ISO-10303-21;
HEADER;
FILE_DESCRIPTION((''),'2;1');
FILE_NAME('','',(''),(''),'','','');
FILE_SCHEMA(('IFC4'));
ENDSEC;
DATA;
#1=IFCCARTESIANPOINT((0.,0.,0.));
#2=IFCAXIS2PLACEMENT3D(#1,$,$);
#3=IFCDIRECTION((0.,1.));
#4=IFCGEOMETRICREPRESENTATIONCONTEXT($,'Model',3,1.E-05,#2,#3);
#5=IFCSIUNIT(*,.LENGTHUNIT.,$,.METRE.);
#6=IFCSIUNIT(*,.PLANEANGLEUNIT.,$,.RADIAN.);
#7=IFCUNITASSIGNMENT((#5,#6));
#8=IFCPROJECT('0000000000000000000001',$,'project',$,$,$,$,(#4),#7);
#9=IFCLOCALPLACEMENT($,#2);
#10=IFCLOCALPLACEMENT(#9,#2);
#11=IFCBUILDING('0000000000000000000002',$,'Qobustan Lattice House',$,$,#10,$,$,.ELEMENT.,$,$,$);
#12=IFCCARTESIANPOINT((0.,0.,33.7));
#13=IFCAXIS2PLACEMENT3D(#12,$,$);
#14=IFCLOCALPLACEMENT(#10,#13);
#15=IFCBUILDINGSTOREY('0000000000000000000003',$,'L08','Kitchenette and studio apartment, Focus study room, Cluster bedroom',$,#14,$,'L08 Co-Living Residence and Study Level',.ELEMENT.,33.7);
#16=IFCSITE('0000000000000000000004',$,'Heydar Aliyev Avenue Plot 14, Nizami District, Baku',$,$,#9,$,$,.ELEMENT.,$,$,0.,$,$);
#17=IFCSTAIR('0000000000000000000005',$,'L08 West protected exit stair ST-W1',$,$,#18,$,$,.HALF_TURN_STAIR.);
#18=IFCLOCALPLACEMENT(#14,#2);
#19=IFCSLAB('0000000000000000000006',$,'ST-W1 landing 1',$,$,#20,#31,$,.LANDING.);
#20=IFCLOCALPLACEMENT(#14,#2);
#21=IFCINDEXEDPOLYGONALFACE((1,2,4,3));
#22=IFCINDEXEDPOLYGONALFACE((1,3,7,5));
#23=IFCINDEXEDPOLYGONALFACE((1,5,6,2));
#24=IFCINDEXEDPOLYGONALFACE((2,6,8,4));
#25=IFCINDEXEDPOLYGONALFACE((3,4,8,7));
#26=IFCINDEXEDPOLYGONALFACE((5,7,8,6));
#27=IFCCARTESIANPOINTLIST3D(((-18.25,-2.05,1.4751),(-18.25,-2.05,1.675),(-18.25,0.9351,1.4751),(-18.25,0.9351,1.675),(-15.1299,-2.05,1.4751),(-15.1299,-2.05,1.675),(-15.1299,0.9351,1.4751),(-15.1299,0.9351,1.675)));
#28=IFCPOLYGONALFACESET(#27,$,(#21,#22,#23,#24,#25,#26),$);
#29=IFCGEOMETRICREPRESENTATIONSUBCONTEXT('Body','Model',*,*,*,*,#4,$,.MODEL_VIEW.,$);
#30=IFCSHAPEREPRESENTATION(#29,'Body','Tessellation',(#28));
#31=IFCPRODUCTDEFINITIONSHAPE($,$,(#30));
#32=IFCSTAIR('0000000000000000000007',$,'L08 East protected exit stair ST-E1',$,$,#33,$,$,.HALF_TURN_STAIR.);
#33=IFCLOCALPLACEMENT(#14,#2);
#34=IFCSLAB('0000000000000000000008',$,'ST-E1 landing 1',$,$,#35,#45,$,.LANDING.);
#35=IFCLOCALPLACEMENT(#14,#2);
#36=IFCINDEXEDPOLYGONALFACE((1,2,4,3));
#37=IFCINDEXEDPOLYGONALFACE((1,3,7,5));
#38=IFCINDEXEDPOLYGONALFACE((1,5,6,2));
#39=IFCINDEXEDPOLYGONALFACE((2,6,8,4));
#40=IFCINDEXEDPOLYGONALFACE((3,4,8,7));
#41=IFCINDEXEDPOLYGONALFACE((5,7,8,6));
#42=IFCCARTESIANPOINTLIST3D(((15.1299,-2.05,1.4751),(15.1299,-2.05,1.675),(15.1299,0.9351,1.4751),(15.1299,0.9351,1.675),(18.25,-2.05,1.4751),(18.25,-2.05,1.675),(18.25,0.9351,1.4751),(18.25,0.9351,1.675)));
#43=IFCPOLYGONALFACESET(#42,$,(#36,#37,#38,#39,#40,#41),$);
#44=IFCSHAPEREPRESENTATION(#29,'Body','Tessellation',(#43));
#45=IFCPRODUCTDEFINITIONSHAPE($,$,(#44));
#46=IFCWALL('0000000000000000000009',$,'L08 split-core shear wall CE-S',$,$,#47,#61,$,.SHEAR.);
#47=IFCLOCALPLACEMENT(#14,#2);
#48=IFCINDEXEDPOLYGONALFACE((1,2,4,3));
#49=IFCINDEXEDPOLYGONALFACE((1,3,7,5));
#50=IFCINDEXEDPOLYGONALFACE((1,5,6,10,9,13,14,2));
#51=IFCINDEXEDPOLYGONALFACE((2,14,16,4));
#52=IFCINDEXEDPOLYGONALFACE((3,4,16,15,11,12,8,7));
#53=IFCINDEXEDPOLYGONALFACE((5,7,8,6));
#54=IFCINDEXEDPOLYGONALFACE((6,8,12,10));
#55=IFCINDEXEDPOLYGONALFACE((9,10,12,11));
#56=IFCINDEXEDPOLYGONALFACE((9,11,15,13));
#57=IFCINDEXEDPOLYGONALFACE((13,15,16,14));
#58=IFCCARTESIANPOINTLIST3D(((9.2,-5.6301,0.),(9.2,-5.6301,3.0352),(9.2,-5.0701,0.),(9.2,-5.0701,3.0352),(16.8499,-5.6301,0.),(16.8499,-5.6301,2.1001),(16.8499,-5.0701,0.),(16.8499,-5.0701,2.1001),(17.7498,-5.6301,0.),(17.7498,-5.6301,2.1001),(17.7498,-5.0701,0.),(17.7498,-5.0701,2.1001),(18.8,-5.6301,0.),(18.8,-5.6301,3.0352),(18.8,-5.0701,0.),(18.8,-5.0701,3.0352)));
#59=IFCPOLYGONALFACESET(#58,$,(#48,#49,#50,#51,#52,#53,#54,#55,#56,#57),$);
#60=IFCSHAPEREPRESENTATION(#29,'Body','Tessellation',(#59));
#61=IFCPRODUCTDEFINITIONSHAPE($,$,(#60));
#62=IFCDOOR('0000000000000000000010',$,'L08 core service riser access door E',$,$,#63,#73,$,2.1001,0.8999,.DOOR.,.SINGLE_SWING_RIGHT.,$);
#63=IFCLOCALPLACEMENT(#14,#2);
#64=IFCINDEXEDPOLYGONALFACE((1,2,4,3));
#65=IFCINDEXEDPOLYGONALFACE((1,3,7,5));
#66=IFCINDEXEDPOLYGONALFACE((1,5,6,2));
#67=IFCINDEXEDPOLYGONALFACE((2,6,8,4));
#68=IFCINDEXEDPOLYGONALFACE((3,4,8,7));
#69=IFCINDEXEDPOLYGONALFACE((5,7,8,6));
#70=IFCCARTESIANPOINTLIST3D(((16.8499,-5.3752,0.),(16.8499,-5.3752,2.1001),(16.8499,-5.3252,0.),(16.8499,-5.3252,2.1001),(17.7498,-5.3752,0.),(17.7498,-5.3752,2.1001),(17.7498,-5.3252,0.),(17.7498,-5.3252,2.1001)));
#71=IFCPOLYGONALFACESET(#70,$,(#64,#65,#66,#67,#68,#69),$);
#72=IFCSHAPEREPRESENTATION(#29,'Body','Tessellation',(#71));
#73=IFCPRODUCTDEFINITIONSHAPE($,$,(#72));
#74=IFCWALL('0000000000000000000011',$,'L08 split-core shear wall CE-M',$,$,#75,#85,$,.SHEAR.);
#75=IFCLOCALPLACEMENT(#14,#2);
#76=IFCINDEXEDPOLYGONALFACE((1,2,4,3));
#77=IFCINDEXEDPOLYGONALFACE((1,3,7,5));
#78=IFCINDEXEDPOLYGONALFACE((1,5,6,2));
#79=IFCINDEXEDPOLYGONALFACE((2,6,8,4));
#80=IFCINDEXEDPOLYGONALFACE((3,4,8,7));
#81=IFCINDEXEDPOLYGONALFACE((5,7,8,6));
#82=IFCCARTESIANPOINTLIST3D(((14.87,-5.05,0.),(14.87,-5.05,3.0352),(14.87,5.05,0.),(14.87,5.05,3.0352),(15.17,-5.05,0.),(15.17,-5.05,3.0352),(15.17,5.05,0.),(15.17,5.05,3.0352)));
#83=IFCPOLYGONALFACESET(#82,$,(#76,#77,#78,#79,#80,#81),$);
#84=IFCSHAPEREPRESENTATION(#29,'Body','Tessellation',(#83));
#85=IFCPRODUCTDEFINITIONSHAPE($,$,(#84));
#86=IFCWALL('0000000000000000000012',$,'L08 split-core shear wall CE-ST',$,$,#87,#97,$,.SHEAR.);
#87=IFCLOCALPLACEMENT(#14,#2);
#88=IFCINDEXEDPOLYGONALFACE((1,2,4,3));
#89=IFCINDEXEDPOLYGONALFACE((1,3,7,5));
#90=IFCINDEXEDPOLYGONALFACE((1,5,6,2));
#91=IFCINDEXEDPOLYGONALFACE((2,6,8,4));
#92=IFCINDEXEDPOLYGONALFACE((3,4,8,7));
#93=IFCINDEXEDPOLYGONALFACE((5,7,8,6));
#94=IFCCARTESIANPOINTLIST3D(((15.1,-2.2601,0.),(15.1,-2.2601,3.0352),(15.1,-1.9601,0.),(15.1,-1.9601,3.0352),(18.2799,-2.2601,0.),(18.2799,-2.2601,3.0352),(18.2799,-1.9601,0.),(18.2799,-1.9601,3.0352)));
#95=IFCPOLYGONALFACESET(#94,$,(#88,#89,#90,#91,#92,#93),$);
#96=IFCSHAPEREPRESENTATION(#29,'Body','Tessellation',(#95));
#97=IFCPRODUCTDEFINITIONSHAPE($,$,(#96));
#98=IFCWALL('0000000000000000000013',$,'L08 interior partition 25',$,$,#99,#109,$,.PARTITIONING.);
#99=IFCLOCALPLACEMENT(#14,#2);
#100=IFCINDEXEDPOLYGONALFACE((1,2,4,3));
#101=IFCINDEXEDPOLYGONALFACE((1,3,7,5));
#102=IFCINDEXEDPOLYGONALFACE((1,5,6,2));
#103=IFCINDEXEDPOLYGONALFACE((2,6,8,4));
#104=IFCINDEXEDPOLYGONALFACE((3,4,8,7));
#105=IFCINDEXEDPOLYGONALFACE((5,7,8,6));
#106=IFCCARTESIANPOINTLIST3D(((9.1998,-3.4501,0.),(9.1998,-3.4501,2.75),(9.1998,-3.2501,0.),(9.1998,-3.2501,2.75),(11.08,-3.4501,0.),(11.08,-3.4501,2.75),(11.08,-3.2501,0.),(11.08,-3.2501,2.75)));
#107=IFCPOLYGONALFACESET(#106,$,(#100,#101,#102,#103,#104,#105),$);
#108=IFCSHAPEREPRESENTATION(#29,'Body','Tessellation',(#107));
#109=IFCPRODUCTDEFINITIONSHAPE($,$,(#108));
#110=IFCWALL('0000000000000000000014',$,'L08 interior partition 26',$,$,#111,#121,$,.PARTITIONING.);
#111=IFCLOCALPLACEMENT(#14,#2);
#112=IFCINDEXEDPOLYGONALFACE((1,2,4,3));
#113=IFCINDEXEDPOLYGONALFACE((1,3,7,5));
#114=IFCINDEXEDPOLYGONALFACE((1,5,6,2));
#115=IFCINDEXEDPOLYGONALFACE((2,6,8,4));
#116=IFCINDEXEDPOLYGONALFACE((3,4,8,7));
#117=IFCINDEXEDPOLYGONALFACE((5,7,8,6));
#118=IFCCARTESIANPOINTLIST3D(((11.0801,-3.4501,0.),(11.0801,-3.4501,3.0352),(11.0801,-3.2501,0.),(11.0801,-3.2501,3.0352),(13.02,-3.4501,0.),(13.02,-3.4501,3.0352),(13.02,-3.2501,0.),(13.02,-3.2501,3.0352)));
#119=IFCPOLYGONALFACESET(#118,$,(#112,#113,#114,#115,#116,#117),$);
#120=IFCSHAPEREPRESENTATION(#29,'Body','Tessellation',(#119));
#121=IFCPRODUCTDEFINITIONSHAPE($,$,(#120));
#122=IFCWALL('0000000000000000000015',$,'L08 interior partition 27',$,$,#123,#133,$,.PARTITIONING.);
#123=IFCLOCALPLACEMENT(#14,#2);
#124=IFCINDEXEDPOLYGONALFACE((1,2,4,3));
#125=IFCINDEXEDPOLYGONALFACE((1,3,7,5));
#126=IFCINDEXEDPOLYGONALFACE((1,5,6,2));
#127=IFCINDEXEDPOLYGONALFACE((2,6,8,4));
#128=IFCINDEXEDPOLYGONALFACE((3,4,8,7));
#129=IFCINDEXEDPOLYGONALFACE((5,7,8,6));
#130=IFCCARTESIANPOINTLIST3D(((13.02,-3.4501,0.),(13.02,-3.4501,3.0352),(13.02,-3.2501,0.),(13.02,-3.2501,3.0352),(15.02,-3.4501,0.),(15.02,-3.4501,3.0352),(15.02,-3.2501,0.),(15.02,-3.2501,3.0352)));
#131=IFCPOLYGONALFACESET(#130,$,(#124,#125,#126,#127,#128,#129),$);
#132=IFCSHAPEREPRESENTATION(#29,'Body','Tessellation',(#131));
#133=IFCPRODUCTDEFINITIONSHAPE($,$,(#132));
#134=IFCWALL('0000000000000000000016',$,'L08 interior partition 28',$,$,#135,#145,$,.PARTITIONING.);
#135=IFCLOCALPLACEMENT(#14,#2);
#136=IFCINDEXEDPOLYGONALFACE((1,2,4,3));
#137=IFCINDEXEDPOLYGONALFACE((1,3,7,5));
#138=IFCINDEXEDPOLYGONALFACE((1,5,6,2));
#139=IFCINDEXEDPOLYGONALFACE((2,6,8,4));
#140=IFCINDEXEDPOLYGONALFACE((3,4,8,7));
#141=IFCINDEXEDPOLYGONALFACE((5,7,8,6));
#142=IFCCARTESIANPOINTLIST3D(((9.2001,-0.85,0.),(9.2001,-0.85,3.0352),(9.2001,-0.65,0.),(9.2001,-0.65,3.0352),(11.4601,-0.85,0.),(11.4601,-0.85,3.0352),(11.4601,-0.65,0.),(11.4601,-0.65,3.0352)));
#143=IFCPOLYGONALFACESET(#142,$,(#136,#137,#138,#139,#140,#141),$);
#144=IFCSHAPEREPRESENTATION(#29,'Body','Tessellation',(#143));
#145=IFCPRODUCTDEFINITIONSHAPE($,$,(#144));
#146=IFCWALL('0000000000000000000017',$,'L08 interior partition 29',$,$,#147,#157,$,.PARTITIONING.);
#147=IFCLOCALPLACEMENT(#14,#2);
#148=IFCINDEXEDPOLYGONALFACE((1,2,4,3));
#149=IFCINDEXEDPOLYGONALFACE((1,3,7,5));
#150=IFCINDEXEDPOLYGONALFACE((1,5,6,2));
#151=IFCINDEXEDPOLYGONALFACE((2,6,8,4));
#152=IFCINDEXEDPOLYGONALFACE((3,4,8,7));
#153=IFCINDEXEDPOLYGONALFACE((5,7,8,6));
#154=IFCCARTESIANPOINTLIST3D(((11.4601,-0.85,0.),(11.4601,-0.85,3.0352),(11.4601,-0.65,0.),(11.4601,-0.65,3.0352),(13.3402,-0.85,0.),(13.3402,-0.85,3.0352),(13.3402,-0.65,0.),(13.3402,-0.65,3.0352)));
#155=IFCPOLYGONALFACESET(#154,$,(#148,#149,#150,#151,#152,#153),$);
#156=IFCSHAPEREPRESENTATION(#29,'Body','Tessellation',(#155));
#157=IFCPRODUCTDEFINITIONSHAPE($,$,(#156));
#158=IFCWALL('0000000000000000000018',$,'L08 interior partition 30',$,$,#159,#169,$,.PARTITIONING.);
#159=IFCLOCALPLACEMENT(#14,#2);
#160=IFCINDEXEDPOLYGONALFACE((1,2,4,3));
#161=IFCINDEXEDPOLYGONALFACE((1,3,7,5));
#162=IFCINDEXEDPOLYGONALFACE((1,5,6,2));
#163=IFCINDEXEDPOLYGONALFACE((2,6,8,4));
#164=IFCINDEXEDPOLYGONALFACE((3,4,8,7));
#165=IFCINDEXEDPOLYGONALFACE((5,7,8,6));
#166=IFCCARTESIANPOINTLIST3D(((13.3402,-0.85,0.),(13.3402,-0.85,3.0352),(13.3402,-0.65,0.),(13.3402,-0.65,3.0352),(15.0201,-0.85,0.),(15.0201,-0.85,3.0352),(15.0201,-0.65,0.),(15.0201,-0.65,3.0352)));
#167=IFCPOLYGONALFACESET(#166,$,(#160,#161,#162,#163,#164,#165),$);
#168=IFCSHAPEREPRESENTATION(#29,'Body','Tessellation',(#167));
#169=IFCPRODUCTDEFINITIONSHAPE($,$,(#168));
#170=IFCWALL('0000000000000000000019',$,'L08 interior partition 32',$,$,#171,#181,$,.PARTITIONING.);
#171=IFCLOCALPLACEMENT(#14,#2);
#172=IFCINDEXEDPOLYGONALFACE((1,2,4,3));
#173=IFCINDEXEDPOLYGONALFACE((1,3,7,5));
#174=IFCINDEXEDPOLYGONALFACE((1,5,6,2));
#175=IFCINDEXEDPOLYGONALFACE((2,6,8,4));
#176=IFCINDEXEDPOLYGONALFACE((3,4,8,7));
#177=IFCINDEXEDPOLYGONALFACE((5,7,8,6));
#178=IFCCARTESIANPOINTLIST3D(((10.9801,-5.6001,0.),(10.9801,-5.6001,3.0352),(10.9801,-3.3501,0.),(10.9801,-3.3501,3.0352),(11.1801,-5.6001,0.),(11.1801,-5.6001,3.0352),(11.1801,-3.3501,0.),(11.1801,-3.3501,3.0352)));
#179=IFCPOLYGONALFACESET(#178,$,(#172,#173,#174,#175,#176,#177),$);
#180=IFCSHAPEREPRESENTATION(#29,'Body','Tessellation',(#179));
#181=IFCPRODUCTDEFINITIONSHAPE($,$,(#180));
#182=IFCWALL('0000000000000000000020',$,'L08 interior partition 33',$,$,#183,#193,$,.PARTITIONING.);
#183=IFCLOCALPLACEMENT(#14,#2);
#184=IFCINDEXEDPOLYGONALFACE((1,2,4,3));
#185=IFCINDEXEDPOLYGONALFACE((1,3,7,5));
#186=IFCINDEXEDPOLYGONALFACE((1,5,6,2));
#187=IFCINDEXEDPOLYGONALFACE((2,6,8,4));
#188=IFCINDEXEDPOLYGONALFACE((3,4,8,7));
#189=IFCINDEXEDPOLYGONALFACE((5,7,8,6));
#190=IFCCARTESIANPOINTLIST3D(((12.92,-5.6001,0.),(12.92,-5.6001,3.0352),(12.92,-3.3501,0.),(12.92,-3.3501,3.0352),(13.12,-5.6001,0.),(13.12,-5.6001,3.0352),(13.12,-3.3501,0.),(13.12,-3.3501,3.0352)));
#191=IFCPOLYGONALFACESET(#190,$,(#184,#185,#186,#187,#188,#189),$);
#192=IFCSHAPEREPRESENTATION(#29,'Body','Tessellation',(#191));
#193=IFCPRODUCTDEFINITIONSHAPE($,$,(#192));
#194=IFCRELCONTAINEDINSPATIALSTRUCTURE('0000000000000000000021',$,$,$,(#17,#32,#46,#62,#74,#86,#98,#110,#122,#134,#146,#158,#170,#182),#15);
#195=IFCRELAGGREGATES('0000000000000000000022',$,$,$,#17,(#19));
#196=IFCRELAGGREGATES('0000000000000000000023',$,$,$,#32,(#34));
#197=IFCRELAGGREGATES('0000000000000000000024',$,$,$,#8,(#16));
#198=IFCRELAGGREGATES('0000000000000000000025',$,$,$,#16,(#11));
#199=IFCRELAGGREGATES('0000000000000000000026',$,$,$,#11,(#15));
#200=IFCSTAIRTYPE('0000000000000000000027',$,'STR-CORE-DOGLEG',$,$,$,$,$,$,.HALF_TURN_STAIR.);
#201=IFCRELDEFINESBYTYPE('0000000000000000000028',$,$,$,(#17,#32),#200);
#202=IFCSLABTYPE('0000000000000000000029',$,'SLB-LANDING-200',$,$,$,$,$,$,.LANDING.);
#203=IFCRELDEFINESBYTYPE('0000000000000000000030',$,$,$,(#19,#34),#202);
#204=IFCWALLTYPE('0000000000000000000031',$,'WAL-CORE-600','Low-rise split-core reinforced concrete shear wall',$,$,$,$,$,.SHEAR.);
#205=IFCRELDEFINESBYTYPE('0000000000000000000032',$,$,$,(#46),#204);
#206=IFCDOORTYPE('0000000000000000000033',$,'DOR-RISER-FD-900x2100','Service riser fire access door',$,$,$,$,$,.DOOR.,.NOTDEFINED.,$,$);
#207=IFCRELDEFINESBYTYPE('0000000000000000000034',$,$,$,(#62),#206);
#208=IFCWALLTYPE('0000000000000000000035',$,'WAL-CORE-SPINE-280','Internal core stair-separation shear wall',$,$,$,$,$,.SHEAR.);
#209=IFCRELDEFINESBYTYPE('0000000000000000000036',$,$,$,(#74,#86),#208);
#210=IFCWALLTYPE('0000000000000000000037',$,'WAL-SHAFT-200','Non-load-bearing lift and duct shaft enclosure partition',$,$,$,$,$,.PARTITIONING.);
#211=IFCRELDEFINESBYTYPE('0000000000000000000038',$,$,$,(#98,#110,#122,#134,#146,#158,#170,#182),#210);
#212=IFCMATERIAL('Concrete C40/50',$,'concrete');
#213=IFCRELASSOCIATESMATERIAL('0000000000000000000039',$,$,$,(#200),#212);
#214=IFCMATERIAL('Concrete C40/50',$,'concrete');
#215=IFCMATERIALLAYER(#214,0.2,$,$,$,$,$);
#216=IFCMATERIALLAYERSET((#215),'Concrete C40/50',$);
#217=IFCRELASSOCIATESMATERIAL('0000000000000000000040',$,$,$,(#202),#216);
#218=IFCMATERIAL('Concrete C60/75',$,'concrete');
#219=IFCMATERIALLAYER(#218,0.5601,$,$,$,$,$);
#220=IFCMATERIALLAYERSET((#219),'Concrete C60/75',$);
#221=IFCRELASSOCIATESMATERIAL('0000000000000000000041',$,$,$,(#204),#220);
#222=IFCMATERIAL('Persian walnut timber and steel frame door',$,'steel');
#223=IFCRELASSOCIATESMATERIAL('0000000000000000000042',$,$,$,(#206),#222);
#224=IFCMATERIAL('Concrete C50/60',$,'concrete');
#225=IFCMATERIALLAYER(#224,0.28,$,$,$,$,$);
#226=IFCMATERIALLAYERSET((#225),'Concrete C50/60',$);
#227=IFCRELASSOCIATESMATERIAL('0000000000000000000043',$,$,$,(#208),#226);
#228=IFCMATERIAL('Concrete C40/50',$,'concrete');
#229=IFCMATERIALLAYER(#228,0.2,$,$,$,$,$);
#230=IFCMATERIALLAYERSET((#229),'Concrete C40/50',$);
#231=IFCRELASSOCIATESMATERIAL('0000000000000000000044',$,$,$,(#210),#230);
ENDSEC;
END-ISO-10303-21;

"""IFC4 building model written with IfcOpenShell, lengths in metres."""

from ifc_helpers import new_model, si_unit, direction, frame, frame_2d, origin, place, context, subcontext, project, spatial, polyline, rectangle, outline, extrude, material, layer, layer_set, type_object, element, fill, aggregate, save


model = new_model("IFC4")

# Units and contexts
model_context = context("Model", 3, precision=1e-05, world=origin(), true_north=direction((0.0, 1.0)))
body_context = subcontext(model_context, "Body", "Model", "MODEL_VIEW")
ifc_project = project(units=[si_unit("LENGTHUNIT", "METRE"), si_unit("PLANEANGLEUNIT", "RADIAN")], contexts=[model_context])

# Site, building, storey
site_placement = place(None, origin())
site = spatial("IfcSite", under=ifc_project, at=site_placement, Name="Heydar Aliyev Avenue Plot 14, Nizami District, Baku", CompositionType="ELEMENT", RefElevation=0.0)
building_placement = place(site_placement, origin())
building = spatial("IfcBuilding", under=site, at=building_placement, Name="Qobustan Lattice House", CompositionType="ELEMENT")
storey_placement = place(building_placement, frame((0.0, 0.0, 33.7)))
storey = spatial("IfcBuildingStorey", under=building, at=storey_placement, Name="L08", Description="Kitchenette and studio apartment, Focus study room, Cluster bedroom", LongName="L08 Co-Living Residence and Study Level", CompositionType="ELEMENT", Elevation=33.7)

# Stairs, slabs
ifc_material_1 = material(Name="Concrete C40/50", Category="concrete")
stair_type = type_object("IfcStairType", Name="STR-CORE-DOGLEG", PredefinedType="HALF_TURN_STAIR", material=ifc_material_1)
stair_1_placement = place(storey_placement, origin())
stair_1 = element("IfcStair", 1, at=stair_1_placement, inside=storey, type_object=stair_type, Name="L08 West protected exit stair ST-W1", PredefinedType="HALF_TURN_STAIR")
ifc_material_2 = material(Name="Concrete C40/50", Category="concrete")
ifc_layer_1 = layer(ifc_material_2, 0.2)
ifc_layer_set_1 = layer_set([ifc_layer_1], Name="Concrete C40/50")
slab_type = type_object("IfcSlabType", Name="SLB-LANDING-200", PredefinedType="LANDING", material=ifc_layer_set_1)
slab_1_placement = place(storey_placement, frame((0.0, 0.0, 1.4751)))
slab_1 = element("IfcSlab", 2, at=slab_1_placement, type_object=slab_type, Name="ST-W1 landing 1", PredefinedType="LANDING", context=body_context, shape_type="SweptSolid", body=[
    extrude(outline(polyline([(-18.25, 0.9351), (-18.25, -2.05), (-15.1299, -2.05), (-15.1299, 0.9351), (-18.25, 0.9351)])), origin(), (0.0, 0.0, 1.0), 0.2),
])
aggregate(stair_1, [slab_1])
stair_2_placement = place(storey_placement, origin())
stair_2 = element("IfcStair", 3, at=stair_2_placement, inside=storey, type_object=stair_type, Name="L08 East protected exit stair ST-E1", PredefinedType="HALF_TURN_STAIR")
slab_2_placement = place(storey_placement, frame((0.0, 0.0, 1.4751)))
slab_2 = element("IfcSlab", 4, at=slab_2_placement, type_object=slab_type, Name="ST-E1 landing 1", PredefinedType="LANDING", context=body_context, shape_type="SweptSolid", body=[
    extrude(outline(polyline([(15.1299, 0.9351), (15.1299, -2.05), (18.25, -2.05), (18.25, 0.9351), (15.1299, 0.9351)])), origin(), (0.0, 0.0, 1.0), 0.2),
])
aggregate(stair_2, [slab_2])

# Wall, opening, door
ifc_material_3 = material(Name="Concrete C60/75", Category="concrete")
ifc_layer_2 = layer(ifc_material_3, 0.5601)
ifc_layer_set_2 = layer_set([ifc_layer_2], Name="Concrete C60/75")
wall_type_1 = type_object("IfcWallType", Name="WAL-CORE-600", Description="Low-rise split-core reinforced concrete shear wall", PredefinedType="SHEAR", material=ifc_layer_set_2)
wall_1_placement = place(storey_placement, frame((9.2, -5.3501, 0.0), z_axis=(0.0, 0.0, 1.0), x_axis=(1.0, 0.0, 0.0)))
wall_1 = element("IfcWall", 5, at=wall_1_placement, inside=storey, type_object=wall_type_1, Name="L08 split-core shear wall CE-S", PredefinedType="SHEAR", context=body_context, shape_type="SweptSolid", body=[
    extrude(rectangle(XDim=9.6001, YDim=0.5601, at=frame_2d((4.8, 0.0))), origin(), (0.0, 0.0, 1.0), 3.0352),
])
opening_1_placement = place(wall_1_placement, frame((7.6499, 0.0, 0.0)))
opening_1 = element("IfcOpeningElement", 6, at=opening_1_placement, cuts=wall_1, PredefinedType="OPENING", context=body_context, shape_type="SweptSolid", body=[
    extrude(rectangle(XDim=0.8999, YDim=2.1001, at=frame_2d((0.45, 1.05))), frame((0.0, 0.29, 0.0), z_axis=(0.0, -1.0, 0.0), x_axis=(1.0, 0.0, 0.0)), (0.0, 0.0, 1.0), 0.5801),
])
ifc_material_4 = material(Name="Persian walnut timber and steel frame door", Category="steel")
door_type_1 = type_object("IfcDoorType", Name="DOR-RISER-FD-900x2100", Description="Service riser fire access door", OperationType="NOTDEFINED", PredefinedType="DOOR", material=ifc_material_4)
door_1_placement = place(opening_1_placement, origin())
door_1 = element("IfcDoor", 7, at=door_1_placement, inside=storey, type_object=door_type_1, Name="L08 core service riser access door E", OperationType="SINGLE_SWING_RIGHT", OverallHeight=2.1001, OverallWidth=0.8999, PredefinedType="DOOR", context=body_context, shape_type="SweptSolid", body=[
    extrude(rectangle(XDim=0.8999, YDim=2.1001, at=frame_2d((0.45, 1.05))), frame((0.0, 0.0249, 0.0), z_axis=(0.0, -1.0, 0.0), x_axis=(1.0, 0.0, 0.0)), (0.0, 0.0, 1.0), 0.05),
])
fill(opening_1, door_1)

# Walls
ifc_material_5 = material(Name="Concrete C50/60", Category="concrete")
ifc_layer_3 = layer(ifc_material_5, 0.28)
ifc_layer_set_3 = layer_set([ifc_layer_3], Name="Concrete C50/60")
wall_type_2 = type_object("IfcWallType", Name="WAL-CORE-SPINE-280", Description="Internal core stair-separation shear wall", PredefinedType="SHEAR", material=ifc_layer_set_3)
wall_2_placement = place(storey_placement, frame((15.02, -5.05, 0.0), z_axis=(0.0, 0.0, 1.0), x_axis=(0.0, 1.0, 0.0)))
element("IfcWall", 8, at=wall_2_placement, inside=storey, type_object=wall_type_2, Name="L08 split-core shear wall CE-M", PredefinedType="SHEAR", context=body_context, shape_type="SweptSolid", body=[
    extrude(rectangle(XDim=10.1001, YDim=0.3, at=frame_2d((5.05, 0.0))), origin(), (0.0, 0.0, 1.0), 3.0352),
])
wall_3_placement = place(storey_placement, frame((15.1001, -2.1101, 0.0), z_axis=(0.0, 0.0, 1.0), x_axis=(1.0, 0.0, 0.0)))
element("IfcWall", 9, at=wall_3_placement, inside=storey, type_object=wall_type_2, Name="L08 split-core shear wall CE-ST", PredefinedType="SHEAR", context=body_context, shape_type="SweptSolid", body=[
    extrude(rectangle(XDim=3.1799, YDim=0.3, at=frame_2d((1.5898, 0.0))), origin(), (0.0, 0.0, 1.0), 3.0352),
])
ifc_material_6 = material(Name="Concrete C40/50", Category="concrete")
ifc_layer_4 = layer(ifc_material_6, 0.2)
ifc_layer_set_4 = layer_set([ifc_layer_4], Name="Concrete C40/50")
wall_type_3 = type_object("IfcWallType", Name="WAL-SHAFT-200", Description="Non-load-bearing lift and duct shaft enclosure partition", PredefinedType="PARTITIONING", material=ifc_layer_set_4)
wall_4_placement = place(storey_placement, frame((9.2, -3.3501, 0.0), z_axis=(0.0, 0.0, 1.0), x_axis=(1.0, 0.0, 0.0)))
element("IfcWall", 10, at=wall_4_placement, inside=storey, type_object=wall_type_3, Name="L08 interior partition 25", PredefinedType="PARTITIONING", context=body_context, shape_type="SweptSolid", body=[
    extrude(rectangle(XDim=1.8801, YDim=0.2, at=frame_2d((0.9399, 0.0))), origin(), (0.0, 0.0, 1.0), 2.75),
])
wall_5_placement = place(storey_placement, frame((11.0801, -3.3501, 0.0), z_axis=(0.0, 0.0, 1.0), x_axis=(1.0, 0.0, 0.0)))
element("IfcWall", 11, at=wall_5_placement, inside=storey, type_object=wall_type_3, Name="L08 interior partition 26", PredefinedType="PARTITIONING", context=body_context, shape_type="SweptSolid", body=[
    extrude(rectangle(XDim=1.9399, YDim=0.2, at=frame_2d((0.97, 0.0))), origin(), (0.0, 0.0, 1.0), 3.0352),
])
wall_6_placement = place(storey_placement, frame((13.02, -3.3501, 0.0), z_axis=(0.0, 0.0, 1.0), x_axis=(1.0, 0.0, 0.0)))
element("IfcWall", 12, at=wall_6_placement, inside=storey, type_object=wall_type_3, Name="L08 interior partition 27", PredefinedType="PARTITIONING", context=body_context, shape_type="SweptSolid", body=[
    extrude(rectangle(XDim=2.0, YDim=0.2, at=frame_2d((1.0, 0.0))), origin(), (0.0, 0.0, 1.0), 3.0352),
])
wall_7_placement = place(storey_placement, frame((11.46, -0.75, 0.0), z_axis=(0.0, 0.0, 1.0), x_axis=(-1.0, 0.0, 0.0)))
element("IfcWall", 13, at=wall_7_placement, inside=storey, type_object=wall_type_3, Name="L08 interior partition 28", PredefinedType="PARTITIONING", context=body_context, shape_type="SweptSolid", body=[
    extrude(rectangle(XDim=2.26, YDim=0.2, at=frame_2d((1.1299, 0.0))), origin(), (0.0, 0.0, 1.0), 3.0352),
])
wall_8_placement = place(storey_placement, frame((13.3401, -0.75, 0.0), z_axis=(0.0, 0.0, 1.0), x_axis=(-1.0, 0.0, 0.0)))
element("IfcWall", 14, at=wall_8_placement, inside=storey, type_object=wall_type_3, Name="L08 interior partition 29", PredefinedType="PARTITIONING", context=body_context, shape_type="SweptSolid", body=[
    extrude(rectangle(XDim=1.8801, YDim=0.2, at=frame_2d((0.9399, 0.0))), origin(), (0.0, 0.0, 1.0), 3.0352),
])
wall_9_placement = place(storey_placement, frame((15.02, -0.75, 0.0), z_axis=(0.0, 0.0, 1.0), x_axis=(-1.0, 0.0, 0.0)))
element("IfcWall", 15, at=wall_9_placement, inside=storey, type_object=wall_type_3, Name="L08 interior partition 30", PredefinedType="PARTITIONING", context=body_context, shape_type="SweptSolid", body=[
    extrude(rectangle(XDim=1.6799, YDim=0.2, at=frame_2d((0.8398, 0.0))), origin(), (0.0, 0.0, 1.0), 3.0352),
])
for number, where, z_axis, x_axis, name in (
    (16, (11.0801, -5.6001, 0.0), (0.0, 0.0, 1.0), (0.0, 1.0, 0.0), "L08 interior partition 32"),
    (17, (13.02, -5.6001, 0.0), (0.0, 0.0, 1.0), (0.0, 1.0, 0.0), "L08 interior partition 33"),
):
    element("IfcWall", number, at=place(storey_placement, frame(where, z_axis=z_axis, x_axis=x_axis)), inside=storey, type_object=wall_type_3, Name=name, PredefinedType="PARTITIONING", context=body_context, shape_type="SweptSolid", body=[
        extrude(rectangle(XDim=2.25, YDim=0.2, at=frame_2d((1.125, 0.0))), origin(), (0.0, 0.0, 1.0), 3.0352),
    ])

save(model, "model.ifc")
